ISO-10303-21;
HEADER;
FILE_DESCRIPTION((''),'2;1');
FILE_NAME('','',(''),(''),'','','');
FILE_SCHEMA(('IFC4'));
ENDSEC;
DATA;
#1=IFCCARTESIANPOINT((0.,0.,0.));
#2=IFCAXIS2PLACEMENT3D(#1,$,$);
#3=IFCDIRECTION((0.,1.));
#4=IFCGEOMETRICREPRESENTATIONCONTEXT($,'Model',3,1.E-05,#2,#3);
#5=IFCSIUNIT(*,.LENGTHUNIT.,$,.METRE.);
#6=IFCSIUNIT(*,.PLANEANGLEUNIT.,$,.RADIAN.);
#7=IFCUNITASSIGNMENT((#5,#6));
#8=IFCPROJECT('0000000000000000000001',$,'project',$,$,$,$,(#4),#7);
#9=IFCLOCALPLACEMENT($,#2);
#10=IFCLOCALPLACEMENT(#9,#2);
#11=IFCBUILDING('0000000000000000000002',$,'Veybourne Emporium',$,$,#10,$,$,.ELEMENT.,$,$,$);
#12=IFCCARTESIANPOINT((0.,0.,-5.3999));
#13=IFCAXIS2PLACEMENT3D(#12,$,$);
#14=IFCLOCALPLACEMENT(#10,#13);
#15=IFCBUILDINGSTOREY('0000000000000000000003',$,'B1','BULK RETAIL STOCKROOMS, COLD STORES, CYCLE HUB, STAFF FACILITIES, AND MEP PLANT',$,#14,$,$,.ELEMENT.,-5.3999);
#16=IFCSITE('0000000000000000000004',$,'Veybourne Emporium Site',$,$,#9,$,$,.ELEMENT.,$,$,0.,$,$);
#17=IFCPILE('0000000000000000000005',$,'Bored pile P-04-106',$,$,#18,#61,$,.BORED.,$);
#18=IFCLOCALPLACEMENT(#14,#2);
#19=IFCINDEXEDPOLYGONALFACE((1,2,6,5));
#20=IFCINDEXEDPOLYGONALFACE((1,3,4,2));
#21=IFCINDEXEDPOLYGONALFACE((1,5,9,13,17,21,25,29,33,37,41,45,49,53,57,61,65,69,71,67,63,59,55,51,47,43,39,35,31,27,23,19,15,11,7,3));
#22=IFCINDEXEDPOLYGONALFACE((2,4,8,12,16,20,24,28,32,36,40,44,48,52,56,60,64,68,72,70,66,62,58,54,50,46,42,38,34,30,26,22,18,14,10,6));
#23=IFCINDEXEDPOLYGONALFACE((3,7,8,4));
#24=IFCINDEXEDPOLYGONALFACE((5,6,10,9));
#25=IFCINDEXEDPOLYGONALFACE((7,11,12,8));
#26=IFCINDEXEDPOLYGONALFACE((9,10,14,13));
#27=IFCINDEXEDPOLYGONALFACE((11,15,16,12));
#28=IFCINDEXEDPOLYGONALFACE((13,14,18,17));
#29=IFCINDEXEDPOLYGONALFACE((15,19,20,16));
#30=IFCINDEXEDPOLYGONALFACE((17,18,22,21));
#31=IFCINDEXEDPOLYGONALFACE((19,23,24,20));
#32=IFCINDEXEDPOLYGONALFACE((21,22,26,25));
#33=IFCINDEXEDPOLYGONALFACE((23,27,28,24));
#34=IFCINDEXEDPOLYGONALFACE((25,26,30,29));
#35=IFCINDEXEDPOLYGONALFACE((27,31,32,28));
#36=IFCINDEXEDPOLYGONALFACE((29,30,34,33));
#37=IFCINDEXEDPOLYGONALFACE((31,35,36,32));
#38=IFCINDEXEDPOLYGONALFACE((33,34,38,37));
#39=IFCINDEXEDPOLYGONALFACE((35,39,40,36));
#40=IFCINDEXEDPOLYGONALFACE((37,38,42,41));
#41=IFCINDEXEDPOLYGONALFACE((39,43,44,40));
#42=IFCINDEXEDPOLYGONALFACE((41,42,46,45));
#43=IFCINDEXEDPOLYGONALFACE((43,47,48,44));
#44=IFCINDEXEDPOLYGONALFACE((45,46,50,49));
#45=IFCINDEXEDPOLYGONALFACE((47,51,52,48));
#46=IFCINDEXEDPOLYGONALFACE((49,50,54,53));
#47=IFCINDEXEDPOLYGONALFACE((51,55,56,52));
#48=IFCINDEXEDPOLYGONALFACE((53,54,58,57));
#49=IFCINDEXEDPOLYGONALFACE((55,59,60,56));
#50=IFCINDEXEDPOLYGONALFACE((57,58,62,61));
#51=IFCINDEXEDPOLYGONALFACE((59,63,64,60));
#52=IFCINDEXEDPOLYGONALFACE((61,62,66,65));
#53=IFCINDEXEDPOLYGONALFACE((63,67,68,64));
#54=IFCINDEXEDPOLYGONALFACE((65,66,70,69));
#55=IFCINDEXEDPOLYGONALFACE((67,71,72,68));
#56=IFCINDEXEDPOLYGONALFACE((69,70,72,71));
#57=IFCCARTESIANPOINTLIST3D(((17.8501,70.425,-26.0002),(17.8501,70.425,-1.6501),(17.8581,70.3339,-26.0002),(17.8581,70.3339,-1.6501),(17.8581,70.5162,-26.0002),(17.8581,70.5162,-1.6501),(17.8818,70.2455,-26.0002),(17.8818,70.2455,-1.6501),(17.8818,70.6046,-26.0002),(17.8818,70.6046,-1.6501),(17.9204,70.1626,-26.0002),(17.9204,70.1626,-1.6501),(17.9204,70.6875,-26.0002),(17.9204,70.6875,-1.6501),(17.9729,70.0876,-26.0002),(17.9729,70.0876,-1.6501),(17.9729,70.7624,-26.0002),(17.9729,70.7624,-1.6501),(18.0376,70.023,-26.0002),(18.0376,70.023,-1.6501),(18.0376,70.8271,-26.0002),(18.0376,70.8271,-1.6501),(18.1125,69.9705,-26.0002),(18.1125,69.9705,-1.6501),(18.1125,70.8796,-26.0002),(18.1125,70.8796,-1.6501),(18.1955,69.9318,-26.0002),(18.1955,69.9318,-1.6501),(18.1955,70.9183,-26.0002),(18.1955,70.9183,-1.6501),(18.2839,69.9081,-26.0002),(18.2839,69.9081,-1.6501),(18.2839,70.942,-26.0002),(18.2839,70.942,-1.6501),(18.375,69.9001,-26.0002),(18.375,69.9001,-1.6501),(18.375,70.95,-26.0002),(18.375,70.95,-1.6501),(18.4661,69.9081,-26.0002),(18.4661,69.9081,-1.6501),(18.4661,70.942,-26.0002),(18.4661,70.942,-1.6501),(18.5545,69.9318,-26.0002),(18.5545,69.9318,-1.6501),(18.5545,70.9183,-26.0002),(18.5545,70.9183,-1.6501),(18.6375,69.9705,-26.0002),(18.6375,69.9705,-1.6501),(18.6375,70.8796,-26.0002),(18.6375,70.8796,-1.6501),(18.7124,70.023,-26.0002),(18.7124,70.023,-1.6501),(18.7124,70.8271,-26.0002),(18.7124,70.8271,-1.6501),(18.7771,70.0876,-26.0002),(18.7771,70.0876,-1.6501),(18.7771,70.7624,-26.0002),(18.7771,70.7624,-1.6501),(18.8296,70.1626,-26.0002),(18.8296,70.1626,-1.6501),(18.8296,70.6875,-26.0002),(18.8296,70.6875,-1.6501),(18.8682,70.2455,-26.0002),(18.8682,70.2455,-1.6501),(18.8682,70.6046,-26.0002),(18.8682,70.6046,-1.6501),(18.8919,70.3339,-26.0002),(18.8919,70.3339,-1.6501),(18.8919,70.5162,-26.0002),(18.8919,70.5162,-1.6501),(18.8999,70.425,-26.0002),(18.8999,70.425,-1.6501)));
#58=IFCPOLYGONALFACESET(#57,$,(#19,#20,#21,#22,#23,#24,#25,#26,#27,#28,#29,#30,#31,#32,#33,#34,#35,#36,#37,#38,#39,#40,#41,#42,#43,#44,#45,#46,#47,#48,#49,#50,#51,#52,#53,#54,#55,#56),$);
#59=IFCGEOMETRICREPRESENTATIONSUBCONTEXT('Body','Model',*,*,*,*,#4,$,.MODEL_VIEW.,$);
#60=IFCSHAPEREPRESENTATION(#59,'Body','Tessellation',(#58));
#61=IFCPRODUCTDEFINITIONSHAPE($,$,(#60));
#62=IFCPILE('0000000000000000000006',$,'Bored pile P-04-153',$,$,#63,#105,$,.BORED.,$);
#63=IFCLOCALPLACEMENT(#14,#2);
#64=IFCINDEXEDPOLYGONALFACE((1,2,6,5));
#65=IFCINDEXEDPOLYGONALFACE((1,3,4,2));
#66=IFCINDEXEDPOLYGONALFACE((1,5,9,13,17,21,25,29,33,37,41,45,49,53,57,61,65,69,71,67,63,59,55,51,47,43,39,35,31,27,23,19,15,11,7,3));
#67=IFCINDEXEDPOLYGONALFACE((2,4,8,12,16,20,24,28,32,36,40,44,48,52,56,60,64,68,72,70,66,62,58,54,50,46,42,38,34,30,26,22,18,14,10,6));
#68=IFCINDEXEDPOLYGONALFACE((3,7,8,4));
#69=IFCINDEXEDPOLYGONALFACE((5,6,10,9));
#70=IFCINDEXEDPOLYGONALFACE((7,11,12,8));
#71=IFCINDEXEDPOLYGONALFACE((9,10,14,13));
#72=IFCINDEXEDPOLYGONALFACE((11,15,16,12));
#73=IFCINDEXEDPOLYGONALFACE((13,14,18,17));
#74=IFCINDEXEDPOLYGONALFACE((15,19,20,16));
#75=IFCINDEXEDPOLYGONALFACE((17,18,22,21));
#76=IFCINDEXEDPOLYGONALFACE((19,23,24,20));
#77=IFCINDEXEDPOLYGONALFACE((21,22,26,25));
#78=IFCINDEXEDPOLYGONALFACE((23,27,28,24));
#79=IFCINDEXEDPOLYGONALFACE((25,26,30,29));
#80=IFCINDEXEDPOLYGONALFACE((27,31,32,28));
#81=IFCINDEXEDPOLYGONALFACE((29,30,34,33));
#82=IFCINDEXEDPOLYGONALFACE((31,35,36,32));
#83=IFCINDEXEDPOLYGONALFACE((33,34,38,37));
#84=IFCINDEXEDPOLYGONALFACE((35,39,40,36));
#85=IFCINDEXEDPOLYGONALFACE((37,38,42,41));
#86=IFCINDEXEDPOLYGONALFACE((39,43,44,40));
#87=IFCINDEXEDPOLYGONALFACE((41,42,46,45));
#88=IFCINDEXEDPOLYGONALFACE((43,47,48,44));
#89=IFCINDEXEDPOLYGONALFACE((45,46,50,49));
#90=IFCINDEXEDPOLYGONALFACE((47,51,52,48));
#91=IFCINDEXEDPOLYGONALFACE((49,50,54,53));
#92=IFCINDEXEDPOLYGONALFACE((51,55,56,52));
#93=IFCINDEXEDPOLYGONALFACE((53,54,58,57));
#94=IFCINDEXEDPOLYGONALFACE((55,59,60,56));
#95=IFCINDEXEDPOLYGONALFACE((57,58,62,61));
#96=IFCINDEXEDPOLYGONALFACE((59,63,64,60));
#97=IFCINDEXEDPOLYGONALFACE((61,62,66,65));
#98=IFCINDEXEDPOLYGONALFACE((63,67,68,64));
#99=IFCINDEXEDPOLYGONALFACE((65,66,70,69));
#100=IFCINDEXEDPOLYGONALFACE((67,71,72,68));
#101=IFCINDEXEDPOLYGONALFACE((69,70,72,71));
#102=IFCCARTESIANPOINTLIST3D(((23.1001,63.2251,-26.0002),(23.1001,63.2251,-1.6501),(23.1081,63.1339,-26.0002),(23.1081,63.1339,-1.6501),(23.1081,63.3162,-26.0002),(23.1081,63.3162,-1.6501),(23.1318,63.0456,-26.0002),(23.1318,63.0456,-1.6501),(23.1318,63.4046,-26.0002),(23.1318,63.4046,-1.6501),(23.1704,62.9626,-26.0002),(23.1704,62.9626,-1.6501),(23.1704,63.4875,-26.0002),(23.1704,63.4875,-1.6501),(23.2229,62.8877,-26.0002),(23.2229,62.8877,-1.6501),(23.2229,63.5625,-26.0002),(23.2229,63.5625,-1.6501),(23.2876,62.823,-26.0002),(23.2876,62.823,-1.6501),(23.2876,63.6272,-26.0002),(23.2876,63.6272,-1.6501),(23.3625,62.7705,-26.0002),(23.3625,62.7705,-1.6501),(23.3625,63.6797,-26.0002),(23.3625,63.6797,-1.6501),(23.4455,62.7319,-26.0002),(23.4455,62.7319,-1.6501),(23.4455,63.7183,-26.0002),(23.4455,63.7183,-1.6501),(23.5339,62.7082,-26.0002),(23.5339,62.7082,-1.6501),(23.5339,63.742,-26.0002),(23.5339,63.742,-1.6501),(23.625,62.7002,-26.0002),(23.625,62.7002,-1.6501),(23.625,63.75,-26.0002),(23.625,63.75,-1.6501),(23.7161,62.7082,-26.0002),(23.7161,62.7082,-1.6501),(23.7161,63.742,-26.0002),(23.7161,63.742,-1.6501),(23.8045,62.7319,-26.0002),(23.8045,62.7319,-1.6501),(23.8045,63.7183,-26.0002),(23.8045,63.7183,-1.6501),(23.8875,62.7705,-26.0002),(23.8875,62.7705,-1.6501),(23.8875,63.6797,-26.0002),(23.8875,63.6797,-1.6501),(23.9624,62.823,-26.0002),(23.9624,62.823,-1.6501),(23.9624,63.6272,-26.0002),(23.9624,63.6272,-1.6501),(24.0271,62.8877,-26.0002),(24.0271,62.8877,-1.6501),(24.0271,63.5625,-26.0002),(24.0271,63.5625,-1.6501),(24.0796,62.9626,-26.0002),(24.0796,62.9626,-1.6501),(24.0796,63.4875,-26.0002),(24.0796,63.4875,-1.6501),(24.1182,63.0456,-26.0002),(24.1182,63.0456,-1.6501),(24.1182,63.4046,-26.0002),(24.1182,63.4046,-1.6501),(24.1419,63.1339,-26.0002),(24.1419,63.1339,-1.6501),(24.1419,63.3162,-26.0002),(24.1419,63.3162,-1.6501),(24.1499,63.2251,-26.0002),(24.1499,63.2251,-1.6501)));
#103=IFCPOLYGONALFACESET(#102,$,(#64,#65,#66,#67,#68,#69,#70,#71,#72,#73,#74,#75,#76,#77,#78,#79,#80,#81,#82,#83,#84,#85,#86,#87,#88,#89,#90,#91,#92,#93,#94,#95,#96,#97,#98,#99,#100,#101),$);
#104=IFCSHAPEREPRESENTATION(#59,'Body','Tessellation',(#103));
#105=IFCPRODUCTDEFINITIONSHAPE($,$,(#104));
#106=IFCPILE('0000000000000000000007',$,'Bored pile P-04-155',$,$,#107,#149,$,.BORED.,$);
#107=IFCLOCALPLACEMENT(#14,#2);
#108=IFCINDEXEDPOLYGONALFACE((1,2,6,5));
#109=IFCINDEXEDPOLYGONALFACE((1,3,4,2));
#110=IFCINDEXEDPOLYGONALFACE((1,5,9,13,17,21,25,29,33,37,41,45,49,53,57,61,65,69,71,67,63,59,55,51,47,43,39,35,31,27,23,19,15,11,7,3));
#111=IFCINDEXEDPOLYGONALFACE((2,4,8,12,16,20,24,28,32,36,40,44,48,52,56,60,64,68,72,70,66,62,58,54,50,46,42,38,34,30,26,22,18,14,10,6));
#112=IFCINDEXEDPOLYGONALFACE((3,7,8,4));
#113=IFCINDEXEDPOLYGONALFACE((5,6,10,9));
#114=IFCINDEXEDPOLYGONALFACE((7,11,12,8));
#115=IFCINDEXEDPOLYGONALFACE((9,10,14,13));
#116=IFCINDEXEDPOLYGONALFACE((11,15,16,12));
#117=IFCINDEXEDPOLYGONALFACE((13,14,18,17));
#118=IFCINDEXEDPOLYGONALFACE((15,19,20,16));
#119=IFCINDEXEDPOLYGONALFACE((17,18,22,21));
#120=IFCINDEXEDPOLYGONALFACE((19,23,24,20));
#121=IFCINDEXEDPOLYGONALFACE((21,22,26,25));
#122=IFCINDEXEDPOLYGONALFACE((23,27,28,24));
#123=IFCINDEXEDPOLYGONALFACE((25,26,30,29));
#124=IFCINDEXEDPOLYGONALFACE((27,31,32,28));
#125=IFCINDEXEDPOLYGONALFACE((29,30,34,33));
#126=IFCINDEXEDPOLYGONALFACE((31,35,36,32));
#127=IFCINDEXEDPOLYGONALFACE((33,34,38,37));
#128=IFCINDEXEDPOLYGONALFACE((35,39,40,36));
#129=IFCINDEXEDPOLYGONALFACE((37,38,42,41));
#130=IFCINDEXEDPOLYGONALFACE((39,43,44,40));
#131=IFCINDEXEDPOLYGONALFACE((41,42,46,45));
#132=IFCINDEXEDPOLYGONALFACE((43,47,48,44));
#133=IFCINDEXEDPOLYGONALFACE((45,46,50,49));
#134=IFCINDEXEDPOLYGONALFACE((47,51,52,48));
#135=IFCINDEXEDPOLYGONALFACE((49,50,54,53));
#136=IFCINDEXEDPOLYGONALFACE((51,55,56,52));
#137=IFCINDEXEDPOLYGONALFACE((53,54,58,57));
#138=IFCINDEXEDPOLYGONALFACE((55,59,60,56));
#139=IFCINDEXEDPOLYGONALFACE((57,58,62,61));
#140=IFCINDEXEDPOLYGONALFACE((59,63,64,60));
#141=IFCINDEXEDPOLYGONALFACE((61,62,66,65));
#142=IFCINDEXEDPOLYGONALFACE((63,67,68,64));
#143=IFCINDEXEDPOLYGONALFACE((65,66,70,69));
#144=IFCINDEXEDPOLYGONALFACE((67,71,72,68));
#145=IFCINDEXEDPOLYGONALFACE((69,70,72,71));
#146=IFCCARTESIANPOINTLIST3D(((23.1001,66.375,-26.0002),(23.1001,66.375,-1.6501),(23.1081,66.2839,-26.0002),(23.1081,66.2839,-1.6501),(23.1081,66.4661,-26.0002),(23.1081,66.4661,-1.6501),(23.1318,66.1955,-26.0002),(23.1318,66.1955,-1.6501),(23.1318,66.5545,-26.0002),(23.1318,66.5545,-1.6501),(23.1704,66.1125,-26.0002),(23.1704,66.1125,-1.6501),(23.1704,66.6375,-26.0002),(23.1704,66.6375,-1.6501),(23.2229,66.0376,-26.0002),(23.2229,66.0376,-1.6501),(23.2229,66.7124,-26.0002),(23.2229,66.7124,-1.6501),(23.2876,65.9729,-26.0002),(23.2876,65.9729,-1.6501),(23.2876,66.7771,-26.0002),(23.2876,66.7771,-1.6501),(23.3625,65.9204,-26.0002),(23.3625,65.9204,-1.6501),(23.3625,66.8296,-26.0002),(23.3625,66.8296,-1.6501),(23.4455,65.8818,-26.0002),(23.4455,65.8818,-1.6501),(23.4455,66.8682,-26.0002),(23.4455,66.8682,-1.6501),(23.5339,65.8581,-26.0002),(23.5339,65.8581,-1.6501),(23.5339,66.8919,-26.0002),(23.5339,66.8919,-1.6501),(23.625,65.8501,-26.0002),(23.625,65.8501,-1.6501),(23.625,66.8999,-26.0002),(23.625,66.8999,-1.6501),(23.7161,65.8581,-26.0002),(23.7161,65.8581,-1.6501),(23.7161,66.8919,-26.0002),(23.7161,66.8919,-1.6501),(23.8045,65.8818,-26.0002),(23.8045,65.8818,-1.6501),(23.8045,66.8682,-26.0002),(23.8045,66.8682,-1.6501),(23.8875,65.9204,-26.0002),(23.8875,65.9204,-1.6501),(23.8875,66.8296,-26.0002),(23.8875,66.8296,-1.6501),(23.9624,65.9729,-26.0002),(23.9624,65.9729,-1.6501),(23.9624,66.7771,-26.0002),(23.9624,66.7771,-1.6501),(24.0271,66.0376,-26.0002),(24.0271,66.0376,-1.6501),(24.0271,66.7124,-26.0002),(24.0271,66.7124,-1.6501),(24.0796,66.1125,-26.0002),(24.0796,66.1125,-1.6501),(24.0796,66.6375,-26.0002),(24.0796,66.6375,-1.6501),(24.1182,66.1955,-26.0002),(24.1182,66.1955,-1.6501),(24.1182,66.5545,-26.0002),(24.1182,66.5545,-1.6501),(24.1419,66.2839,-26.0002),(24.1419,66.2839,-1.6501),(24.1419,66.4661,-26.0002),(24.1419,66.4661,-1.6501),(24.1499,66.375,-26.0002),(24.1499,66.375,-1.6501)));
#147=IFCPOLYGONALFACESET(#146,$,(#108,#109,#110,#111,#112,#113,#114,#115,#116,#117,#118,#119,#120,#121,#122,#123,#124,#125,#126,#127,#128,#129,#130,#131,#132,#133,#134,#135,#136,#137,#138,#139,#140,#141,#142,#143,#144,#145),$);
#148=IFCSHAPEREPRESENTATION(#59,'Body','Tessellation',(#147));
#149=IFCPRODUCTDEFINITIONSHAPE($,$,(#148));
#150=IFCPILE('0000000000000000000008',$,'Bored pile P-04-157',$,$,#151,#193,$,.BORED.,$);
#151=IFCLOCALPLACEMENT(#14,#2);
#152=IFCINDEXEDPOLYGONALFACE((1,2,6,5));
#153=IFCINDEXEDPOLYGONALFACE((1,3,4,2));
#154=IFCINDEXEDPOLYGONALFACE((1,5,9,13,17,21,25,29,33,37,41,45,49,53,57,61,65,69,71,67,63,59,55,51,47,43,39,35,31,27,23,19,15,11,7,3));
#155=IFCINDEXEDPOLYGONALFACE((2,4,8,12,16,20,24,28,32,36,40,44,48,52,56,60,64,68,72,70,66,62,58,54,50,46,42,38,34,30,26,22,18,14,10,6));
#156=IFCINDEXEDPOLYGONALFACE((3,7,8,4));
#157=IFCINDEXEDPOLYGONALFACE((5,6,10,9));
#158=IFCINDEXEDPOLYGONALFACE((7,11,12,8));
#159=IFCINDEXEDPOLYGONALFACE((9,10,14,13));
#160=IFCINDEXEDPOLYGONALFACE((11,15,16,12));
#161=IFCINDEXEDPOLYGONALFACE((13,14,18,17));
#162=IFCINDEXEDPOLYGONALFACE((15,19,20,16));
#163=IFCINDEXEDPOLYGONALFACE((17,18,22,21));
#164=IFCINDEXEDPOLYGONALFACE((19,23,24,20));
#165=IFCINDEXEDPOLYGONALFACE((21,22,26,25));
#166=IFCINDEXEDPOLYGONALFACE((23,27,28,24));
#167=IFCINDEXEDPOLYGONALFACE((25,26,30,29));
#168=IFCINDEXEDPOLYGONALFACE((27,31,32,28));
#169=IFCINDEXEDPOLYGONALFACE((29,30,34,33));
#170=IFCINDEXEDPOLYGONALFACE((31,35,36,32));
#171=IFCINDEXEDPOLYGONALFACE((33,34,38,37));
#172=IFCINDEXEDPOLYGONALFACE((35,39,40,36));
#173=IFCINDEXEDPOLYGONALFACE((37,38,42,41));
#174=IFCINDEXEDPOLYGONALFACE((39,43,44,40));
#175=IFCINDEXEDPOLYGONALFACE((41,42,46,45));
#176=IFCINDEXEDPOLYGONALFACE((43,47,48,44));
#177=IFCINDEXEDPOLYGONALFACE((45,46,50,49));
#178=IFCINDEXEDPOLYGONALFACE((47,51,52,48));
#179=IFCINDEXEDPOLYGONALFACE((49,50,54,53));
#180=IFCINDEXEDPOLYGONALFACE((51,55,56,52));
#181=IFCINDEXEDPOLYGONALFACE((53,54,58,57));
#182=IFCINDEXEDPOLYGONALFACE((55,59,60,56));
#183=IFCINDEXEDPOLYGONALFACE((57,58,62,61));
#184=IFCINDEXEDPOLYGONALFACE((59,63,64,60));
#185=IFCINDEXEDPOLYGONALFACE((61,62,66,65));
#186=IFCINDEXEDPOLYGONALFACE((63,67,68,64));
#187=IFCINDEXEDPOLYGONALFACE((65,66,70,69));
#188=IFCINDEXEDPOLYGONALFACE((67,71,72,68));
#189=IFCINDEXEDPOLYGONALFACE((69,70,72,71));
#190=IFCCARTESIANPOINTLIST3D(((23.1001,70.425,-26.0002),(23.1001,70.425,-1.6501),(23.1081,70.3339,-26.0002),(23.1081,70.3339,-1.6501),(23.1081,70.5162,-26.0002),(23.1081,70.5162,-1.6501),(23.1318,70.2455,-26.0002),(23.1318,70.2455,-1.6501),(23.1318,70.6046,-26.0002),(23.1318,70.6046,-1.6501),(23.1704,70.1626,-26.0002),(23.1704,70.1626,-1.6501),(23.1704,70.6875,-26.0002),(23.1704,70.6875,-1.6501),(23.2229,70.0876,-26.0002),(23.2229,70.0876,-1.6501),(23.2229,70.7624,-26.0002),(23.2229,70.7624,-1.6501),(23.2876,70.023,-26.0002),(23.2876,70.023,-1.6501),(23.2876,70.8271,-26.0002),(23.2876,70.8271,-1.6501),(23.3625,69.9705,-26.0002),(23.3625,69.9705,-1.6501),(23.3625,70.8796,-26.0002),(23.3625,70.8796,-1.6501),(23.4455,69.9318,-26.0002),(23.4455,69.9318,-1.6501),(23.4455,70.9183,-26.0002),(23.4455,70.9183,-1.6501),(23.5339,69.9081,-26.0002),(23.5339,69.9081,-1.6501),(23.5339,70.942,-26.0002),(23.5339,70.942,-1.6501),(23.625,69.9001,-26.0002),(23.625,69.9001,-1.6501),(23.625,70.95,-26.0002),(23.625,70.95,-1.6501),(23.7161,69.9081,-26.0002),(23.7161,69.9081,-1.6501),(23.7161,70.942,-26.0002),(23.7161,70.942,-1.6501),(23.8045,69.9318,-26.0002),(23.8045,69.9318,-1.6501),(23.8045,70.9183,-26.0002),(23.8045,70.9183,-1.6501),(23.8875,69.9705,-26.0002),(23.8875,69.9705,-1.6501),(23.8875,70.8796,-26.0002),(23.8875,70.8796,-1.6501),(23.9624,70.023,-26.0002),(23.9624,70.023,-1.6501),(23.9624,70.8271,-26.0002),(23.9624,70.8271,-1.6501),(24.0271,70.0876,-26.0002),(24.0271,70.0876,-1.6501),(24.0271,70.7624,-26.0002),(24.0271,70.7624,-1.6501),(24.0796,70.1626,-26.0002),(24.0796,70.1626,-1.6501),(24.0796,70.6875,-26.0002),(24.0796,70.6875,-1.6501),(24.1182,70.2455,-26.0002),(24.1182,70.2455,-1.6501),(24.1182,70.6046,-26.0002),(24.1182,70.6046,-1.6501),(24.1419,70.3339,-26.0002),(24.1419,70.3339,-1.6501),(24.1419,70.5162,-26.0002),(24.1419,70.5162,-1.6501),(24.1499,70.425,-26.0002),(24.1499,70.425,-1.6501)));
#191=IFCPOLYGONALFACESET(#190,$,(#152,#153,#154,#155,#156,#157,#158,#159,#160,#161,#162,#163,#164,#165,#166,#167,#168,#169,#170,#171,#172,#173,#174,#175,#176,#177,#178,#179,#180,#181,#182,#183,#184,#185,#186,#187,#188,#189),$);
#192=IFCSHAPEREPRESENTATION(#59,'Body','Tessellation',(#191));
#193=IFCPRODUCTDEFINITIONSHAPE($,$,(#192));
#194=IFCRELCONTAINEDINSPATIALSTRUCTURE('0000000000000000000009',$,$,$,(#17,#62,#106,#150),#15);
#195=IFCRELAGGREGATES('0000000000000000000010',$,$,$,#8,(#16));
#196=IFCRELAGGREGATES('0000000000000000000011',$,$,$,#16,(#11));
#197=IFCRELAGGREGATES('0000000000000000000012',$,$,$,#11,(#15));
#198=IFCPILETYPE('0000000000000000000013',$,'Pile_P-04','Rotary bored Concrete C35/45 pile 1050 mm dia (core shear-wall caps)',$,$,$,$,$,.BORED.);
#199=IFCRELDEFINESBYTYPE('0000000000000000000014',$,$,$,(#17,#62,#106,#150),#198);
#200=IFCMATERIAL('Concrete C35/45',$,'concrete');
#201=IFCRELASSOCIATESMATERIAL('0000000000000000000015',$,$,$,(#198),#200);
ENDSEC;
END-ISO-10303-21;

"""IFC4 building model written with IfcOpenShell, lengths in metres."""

from ifc_helpers import new_model, si_unit, direction, frame, origin, origin_2d, place, context, subcontext, project, spatial, circle, extrude, material, material_profile, profile_set, type_object, element, save


model = new_model("IFC4")

# Units and contexts
model_context = context("Model", 3, precision=1e-05, world=origin(), true_north=direction((0.0, 1.0)))
body_context = subcontext(model_context, "Body", "Model", "MODEL_VIEW")
ifc_project = project(units=[si_unit("LENGTHUNIT", "METRE"), si_unit("PLANEANGLEUNIT", "RADIAN")], contexts=[model_context])

# Site, building, storey
site_placement = place(None, origin())
site = spatial("IfcSite", under=ifc_project, at=site_placement, Name="Veybourne Emporium Site", CompositionType="ELEMENT", RefElevation=0.0)
building_placement = place(site_placement, origin())
building = spatial("IfcBuilding", under=site, at=building_placement, Name="Veybourne Emporium", CompositionType="ELEMENT")
storey_placement = place(building_placement, frame((0.0, 0.0, -5.3999)))
storey = spatial("IfcBuildingStorey", under=building, at=storey_placement, Name="B1", Description="BULK RETAIL STOCKROOMS, COLD STORES, CYCLE HUB, STAFF FACILITIES, AND MEP PLANT", CompositionType="ELEMENT", Elevation=-5.3999)

# Shared definitions
ifc_material_1 = material(Name="Concrete C35/45", Category="concrete")

# Piles
ifc_material_profile_1 = material_profile(ifc_material_1, circle(Radius=0.5249, at=origin_2d()), Name="BORED PILE 1050")
ifc_profile_set_1 = profile_set([ifc_material_profile_1], Name="Concrete C35/45")
pile_type_1 = type_object("IfcPileType", Name="Pile_P-04", Description="Rotary bored Concrete C35/45 pile 1050 mm dia (core shear-wall caps)", PredefinedType="BORED", material=ifc_profile_set_1)
for number, where, z_axis, x_axis, name in (
    (1, (18.375, 70.425, -1.6501), (0.0, 0.0, -1.0), (1.0, 0.0, 0.0), "Bored pile P-04-106"),
    (2, (23.625, 63.2251, -1.6501), (0.0, 0.0, -1.0), (1.0, 0.0, 0.0), "Bored pile P-04-153"),
    (3, (23.625, 66.375, -1.6501), (0.0, 0.0, -1.0), (1.0, 0.0, 0.0), "Bored pile P-04-155"),
    (4, (23.625, 70.425, -1.6501), (0.0, 0.0, -1.0), (1.0, 0.0, 0.0), "Bored pile P-04-157"),
):
    element("IfcPile", number, at=place(storey_placement, frame(where, z_axis=z_axis, x_axis=x_axis)), inside=storey, type_object=pile_type_1, Name=name, PredefinedType="BORED", context=body_context, shape_type="SweptSolid", body=[
        extrude(circle(Radius=0.5249, at=origin_2d()), origin(), (0.0, 0.0, 1.0), 24.3501),
    ])

save(model, "model.ifc")
